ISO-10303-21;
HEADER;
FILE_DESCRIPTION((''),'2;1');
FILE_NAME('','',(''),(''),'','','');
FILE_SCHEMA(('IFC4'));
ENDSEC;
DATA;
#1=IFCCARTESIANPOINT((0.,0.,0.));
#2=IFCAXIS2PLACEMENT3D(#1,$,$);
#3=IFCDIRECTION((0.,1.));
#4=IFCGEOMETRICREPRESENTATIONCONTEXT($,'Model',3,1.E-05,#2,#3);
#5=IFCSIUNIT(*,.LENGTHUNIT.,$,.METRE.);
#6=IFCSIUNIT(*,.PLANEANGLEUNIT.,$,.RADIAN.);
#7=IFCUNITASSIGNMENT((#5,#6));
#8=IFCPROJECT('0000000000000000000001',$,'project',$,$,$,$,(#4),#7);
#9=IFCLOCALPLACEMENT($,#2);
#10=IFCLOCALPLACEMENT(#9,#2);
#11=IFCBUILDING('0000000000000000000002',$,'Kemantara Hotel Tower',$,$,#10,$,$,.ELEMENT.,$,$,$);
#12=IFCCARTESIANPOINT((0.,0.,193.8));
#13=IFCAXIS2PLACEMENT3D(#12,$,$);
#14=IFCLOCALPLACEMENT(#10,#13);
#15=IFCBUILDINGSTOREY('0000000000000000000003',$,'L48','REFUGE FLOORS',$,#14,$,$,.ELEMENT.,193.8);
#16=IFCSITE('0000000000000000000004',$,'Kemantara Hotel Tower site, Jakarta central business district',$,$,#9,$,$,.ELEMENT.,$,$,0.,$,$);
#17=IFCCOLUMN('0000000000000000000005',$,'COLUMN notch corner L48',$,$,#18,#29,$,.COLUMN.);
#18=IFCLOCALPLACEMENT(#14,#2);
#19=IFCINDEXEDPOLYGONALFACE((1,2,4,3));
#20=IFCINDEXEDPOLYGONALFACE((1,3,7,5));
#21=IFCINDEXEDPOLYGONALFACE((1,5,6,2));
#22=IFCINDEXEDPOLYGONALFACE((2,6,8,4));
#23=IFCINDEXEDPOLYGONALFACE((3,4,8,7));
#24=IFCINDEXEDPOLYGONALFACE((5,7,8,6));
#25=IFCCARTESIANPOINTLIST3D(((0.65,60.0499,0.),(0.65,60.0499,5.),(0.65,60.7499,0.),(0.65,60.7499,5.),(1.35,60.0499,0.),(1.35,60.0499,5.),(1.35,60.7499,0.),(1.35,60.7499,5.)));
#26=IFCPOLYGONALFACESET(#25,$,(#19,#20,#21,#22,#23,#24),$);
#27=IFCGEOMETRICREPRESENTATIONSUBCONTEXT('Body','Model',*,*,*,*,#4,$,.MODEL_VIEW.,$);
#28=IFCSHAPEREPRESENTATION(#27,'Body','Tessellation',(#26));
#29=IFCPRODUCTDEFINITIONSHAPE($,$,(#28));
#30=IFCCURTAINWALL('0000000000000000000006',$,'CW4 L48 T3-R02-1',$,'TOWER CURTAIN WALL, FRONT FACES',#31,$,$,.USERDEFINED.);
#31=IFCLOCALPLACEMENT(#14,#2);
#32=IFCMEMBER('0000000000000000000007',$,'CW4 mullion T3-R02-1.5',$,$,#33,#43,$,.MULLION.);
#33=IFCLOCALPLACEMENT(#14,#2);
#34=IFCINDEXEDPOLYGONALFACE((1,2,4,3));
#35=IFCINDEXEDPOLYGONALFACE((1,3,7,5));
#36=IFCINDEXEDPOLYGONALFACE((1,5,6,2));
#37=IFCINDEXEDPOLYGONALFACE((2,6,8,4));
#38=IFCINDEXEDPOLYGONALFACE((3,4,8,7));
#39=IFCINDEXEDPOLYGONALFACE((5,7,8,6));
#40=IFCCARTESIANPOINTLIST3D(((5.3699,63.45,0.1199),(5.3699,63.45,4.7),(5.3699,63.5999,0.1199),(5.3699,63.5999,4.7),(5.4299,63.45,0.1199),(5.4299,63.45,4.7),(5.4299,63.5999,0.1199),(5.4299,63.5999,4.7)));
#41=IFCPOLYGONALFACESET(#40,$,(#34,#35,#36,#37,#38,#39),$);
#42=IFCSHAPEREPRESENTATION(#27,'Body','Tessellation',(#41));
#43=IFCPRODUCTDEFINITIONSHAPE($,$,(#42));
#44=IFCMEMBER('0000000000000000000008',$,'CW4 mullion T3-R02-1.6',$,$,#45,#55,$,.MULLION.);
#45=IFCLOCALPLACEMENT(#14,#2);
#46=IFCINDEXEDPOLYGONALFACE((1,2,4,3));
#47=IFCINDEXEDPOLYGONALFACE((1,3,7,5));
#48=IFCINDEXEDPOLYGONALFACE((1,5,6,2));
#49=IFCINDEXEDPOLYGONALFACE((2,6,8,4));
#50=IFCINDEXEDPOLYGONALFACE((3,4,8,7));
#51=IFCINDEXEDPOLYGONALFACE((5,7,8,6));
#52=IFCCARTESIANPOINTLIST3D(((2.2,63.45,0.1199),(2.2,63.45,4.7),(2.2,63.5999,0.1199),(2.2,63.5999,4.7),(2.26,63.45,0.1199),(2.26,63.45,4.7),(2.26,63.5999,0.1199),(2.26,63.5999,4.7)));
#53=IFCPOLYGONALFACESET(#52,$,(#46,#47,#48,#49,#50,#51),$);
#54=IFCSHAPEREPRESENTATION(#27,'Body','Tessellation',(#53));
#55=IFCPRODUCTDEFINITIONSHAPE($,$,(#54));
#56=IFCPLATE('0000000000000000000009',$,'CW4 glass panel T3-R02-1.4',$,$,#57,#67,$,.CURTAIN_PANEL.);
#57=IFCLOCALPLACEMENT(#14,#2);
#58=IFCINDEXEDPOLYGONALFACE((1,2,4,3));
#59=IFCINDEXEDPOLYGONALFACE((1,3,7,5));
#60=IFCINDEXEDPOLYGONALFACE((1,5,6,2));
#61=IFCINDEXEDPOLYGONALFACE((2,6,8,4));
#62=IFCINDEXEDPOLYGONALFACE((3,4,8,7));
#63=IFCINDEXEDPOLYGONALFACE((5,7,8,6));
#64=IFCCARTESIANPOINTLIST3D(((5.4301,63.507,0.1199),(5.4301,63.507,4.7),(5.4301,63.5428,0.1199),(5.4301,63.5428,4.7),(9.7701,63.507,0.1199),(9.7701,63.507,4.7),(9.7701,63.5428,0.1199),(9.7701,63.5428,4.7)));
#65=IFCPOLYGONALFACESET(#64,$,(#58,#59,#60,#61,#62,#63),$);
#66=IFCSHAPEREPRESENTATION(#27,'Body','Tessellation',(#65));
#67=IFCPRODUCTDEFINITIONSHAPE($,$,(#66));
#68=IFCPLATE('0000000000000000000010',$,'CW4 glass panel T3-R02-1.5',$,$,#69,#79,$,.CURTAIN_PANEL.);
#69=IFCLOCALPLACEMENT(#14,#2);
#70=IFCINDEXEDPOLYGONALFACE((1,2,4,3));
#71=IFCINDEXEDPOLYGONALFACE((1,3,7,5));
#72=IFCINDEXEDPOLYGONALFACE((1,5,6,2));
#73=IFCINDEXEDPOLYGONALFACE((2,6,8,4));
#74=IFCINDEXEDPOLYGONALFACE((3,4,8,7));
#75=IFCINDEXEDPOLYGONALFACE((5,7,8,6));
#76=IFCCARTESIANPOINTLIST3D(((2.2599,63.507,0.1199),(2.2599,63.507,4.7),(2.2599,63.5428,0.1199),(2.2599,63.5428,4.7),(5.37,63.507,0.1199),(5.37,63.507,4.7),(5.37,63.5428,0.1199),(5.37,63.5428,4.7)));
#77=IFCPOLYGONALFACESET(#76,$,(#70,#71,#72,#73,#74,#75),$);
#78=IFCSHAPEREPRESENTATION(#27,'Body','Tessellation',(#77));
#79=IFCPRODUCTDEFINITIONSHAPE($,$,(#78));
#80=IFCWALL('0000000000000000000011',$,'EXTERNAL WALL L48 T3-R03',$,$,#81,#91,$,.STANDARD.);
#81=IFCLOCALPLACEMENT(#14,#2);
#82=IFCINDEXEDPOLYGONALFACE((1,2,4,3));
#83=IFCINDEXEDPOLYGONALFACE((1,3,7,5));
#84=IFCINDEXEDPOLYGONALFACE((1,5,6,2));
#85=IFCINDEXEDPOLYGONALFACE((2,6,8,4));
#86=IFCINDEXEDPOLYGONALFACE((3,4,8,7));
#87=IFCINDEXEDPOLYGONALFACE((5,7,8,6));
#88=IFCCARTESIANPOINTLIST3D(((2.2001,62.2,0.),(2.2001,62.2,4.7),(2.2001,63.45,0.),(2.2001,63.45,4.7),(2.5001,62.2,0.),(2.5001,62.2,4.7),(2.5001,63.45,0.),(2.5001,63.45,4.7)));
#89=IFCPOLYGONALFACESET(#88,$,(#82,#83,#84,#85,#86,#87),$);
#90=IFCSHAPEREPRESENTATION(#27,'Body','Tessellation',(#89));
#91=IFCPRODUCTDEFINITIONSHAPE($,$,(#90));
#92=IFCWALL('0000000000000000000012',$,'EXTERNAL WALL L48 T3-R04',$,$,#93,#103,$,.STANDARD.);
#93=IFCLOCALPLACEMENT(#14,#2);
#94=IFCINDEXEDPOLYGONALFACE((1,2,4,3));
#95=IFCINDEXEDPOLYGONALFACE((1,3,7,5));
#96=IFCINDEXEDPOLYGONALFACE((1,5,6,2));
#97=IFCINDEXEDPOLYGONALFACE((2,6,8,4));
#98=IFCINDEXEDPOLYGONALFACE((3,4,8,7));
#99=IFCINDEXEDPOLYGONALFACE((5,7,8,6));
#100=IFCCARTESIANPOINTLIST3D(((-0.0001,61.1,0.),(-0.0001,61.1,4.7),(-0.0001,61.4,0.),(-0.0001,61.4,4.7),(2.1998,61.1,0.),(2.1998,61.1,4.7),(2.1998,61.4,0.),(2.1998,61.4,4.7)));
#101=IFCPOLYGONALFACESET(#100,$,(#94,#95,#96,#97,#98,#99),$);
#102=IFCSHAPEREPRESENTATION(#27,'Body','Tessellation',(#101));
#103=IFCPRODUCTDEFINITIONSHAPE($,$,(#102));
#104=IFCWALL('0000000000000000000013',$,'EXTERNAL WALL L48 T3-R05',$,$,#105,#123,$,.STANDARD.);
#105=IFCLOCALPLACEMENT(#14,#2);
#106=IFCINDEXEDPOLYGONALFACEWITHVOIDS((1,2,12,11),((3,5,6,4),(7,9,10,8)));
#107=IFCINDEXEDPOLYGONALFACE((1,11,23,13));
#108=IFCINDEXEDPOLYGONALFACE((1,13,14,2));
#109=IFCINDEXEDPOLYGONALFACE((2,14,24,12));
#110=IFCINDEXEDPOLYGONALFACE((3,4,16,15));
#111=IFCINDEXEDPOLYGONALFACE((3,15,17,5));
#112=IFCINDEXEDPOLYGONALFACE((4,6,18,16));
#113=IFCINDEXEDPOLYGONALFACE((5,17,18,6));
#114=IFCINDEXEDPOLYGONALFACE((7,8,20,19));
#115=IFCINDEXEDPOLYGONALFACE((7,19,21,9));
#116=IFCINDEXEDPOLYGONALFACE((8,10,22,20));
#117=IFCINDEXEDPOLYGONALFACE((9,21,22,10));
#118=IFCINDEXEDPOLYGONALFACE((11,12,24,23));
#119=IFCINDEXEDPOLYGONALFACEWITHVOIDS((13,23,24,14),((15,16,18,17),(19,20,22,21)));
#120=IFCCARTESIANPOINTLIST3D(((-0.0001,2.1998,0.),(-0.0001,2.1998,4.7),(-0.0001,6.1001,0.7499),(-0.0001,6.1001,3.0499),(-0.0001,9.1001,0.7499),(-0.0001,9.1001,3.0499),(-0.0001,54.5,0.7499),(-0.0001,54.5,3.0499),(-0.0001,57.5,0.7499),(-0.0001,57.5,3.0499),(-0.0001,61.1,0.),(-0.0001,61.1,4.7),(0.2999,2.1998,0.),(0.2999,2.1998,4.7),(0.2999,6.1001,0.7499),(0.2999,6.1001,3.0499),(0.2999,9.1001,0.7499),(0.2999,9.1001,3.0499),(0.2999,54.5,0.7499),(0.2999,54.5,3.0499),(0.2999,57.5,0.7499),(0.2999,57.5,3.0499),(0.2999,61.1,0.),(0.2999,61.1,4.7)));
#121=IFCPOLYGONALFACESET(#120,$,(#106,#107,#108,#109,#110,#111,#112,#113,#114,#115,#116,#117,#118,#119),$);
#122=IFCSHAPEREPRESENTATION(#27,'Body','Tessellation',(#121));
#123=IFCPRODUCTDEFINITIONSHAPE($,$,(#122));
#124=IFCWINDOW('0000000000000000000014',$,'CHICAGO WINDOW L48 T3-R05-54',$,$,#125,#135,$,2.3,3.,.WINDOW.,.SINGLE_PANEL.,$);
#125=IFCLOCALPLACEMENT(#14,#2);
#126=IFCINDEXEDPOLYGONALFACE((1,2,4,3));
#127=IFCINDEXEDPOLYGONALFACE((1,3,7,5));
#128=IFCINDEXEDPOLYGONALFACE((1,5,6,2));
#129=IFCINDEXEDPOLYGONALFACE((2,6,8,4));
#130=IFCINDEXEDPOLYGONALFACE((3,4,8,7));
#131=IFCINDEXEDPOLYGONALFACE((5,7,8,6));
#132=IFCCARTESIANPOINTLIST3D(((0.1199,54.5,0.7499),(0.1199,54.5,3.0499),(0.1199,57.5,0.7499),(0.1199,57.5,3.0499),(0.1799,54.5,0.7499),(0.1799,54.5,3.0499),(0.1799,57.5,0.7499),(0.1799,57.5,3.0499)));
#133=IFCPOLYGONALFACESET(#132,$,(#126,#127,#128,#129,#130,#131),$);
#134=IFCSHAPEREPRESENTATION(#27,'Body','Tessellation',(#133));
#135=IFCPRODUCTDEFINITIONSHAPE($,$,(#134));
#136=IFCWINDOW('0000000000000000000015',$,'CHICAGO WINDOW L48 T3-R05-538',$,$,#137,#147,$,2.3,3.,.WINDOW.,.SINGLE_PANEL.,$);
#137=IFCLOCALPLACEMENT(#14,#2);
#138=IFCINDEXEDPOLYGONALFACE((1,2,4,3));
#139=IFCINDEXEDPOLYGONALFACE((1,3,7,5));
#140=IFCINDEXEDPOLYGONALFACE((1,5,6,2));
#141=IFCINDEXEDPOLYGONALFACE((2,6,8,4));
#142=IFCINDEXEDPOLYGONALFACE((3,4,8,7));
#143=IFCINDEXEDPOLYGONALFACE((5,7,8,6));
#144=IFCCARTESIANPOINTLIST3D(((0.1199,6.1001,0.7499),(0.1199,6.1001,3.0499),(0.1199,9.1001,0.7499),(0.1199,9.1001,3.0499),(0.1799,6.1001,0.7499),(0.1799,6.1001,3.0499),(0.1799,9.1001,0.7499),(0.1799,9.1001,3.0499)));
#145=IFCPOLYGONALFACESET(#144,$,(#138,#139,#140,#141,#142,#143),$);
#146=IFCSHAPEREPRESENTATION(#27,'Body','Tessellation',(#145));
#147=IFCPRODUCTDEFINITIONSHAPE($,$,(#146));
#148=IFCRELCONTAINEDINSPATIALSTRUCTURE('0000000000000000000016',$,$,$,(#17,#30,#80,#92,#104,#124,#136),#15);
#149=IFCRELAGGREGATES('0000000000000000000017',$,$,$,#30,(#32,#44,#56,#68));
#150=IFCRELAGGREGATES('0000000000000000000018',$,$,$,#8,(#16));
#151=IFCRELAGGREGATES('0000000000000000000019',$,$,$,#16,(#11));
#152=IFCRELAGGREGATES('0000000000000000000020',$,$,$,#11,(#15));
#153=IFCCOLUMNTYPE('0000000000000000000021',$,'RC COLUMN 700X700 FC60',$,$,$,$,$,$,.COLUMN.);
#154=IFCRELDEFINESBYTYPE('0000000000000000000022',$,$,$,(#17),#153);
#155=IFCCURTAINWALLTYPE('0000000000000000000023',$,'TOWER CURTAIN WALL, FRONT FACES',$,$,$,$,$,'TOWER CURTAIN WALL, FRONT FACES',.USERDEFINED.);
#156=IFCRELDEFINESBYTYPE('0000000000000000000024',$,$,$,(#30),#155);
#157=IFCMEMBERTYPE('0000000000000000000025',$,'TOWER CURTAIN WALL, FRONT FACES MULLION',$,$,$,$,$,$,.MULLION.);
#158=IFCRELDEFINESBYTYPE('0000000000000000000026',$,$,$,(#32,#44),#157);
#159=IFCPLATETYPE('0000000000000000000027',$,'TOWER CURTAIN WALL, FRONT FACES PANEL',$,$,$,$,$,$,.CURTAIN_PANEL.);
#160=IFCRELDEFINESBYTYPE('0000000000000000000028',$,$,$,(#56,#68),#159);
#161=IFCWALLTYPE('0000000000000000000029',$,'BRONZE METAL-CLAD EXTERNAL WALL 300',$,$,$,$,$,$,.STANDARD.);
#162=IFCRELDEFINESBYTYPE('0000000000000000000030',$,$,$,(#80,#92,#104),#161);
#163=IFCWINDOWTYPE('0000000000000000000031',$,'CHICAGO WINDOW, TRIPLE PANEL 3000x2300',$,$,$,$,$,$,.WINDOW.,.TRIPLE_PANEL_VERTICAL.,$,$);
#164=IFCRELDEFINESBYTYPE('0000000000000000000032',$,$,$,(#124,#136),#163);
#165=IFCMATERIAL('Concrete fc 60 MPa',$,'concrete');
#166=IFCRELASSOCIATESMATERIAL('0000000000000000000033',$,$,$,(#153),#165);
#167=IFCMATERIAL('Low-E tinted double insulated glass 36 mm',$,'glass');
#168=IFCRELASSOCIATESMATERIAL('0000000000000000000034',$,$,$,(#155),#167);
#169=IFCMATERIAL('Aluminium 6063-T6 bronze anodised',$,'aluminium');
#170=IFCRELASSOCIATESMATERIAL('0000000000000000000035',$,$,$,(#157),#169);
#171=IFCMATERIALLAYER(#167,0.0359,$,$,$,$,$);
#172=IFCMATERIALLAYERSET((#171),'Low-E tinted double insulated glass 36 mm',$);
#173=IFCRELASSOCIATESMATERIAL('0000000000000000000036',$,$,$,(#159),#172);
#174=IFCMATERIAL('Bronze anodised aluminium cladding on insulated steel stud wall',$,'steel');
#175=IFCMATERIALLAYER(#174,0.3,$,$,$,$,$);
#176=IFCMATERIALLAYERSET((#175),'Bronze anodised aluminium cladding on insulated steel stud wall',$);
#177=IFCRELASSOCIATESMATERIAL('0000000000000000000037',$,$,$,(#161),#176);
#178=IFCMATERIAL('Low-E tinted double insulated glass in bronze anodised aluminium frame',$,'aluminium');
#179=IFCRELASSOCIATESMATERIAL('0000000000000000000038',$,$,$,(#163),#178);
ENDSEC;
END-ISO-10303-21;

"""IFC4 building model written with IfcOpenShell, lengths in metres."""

from ifc_helpers import new_model, si_unit, direction, frame, frame_2d, origin, origin_2d, place, context, subcontext, project, spatial, rectangle, extrude, source, transform, mapped, material, layer, layer_set, material_profile, profile_set, type_object, element, fill, aggregate, save


model = new_model("IFC4")

# Units and contexts
model_context = context("Model", 3, precision=1e-05, world=origin(), true_north=direction((0.0, 1.0)))
body_context = subcontext(model_context, "Body", "Model", "MODEL_VIEW")
ifc_project = project(units=[si_unit("LENGTHUNIT", "METRE"), si_unit("PLANEANGLEUNIT", "RADIAN")], contexts=[model_context])

# Site, building, storey
site_placement = place(None, origin())
site = spatial("IfcSite", under=ifc_project, at=site_placement, Name="Kemantara Hotel Tower site, Jakarta central business district", CompositionType="ELEMENT", RefElevation=0.0)
building_placement = place(site_placement, origin())
building = spatial("IfcBuilding", under=site, at=building_placement, Name="Kemantara Hotel Tower", CompositionType="ELEMENT")
storey_placement = place(building_placement, frame((0.0, 0.0, 193.8)))
storey = spatial("IfcBuildingStorey", under=building, at=storey_placement, Name="L48", Description="REFUGE FLOORS", CompositionType="ELEMENT", Elevation=193.8)

# Column
ifc_material_1 = material(Name="Concrete fc 60 MPa", Category="concrete")
ifc_material_profile_1 = material_profile(ifc_material_1, rectangle(XDim=0.7, YDim=0.7, at=origin_2d()), Name="RC 700X700")
ifc_profile_set_1 = profile_set([ifc_material_profile_1], Name="Concrete fc 60 MPa")
column_type = type_object("IfcColumnType", Name="RC COLUMN 700X700 FC60", PredefinedType="COLUMN", material=ifc_profile_set_1)
column_placement = place(storey_placement, frame((1.0, 60.3999, 0.0), z_axis=(0.0, 0.0, 1.0), x_axis=(1.0, 0.0, 0.0)))
element("IfcColumn", 1, at=column_placement, inside=storey, type_object=column_type, Name="COLUMN notch corner L48", PredefinedType="COLUMN", context=body_context, shape_type="SweptSolid", body=[
    extrude(rectangle(XDim=0.7, YDim=0.7, at=origin_2d()), origin(), (0.0, 0.0, 1.0), 5.0),
])

# Curtain wall, members, plates
ifc_material_2 = material(Name="Low-E tinted double insulated glass 36 mm", Category="glass")
curtain_wall_type = type_object("IfcCurtainWallType", Name="TOWER CURTAIN WALL, FRONT FACES", ElementType="TOWER CURTAIN WALL, FRONT FACES", PredefinedType="USERDEFINED", material=ifc_material_2)
curtain_wall_placement = place(storey_placement, origin())
curtain_wall = element("IfcCurtainWall", 2, at=curtain_wall_placement, inside=storey, type_object=curtain_wall_type, Name="CW4 L48 T3-R02-1", ObjectType="TOWER CURTAIN WALL, FRONT FACES", PredefinedType="USERDEFINED")
ifc_material_3 = material(Name="Aluminium 6063-T6 bronze anodised", Category="aluminium")
ifc_material_profile_2 = material_profile(ifc_material_3, rectangle(XDim=0.1499, YDim=0.0601, at=origin_2d()), Name="TOWER CURTAIN WALL, FRONT FACES MULLION")
ifc_profile_set_2 = profile_set([ifc_material_profile_2], Name="Aluminium 6063-T6 bronze anodised")
member_type = type_object("IfcMemberType", Name="TOWER CURTAIN WALL, FRONT FACES MULLION", PredefinedType="MULLION", material=ifc_profile_set_2)
shared_shape_1 = source(origin(), body_context, "Body", "SweptSolid", [
    extrude(rectangle(XDim=0.1499, YDim=0.0601, at=origin_2d()), origin(), (0.0, 0.0, 1.0), 4.5801),
])
member_1_placement = place(storey_placement, frame((5.3999, 63.5249, 0.1199), z_axis=(0.0, 0.0, 1.0), x_axis=(0.0, -1.0, 0.0)))
member_1 = element("IfcMember", 3, at=member_1_placement, type_object=member_type, Name="CW4 mullion T3-R02-1.5", PredefinedType="MULLION", context=body_context, shape_type="MappedRepresentation", body=[
    mapped(shared_shape_1, transform((0.0, 0.0, 0.0))),
])
member_2_placement = place(storey_placement, frame((2.23, 63.5249, 0.1199), z_axis=(0.0, 0.0, 1.0), x_axis=(0.0, -1.0, 0.0)))
member_2 = element("IfcMember", 4, at=member_2_placement, type_object=member_type, Name="CW4 mullion T3-R02-1.6", PredefinedType="MULLION", context=body_context, shape_type="MappedRepresentation", body=[
    mapped(shared_shape_1, transform((0.0, 0.0, 0.0))),
])
ifc_layer_1 = layer(ifc_material_2, 0.0359)
ifc_layer_set_1 = layer_set([ifc_layer_1], Name="Low-E tinted double insulated glass 36 mm")
plate_type = type_object("IfcPlateType", Name="TOWER CURTAIN WALL, FRONT FACES PANEL", PredefinedType="CURTAIN_PANEL", material=ifc_layer_set_1)
shared_shape_2 = source(origin(), body_context, "Body", "SweptSolid", [
    extrude(rectangle(XDim=4.3401, YDim=0.0359, at=origin_2d()), origin(), (0.0, 0.0, 1.0), 4.5801),
])
plate_1_placement = place(storey_placement, frame((7.6001, 63.5249, 0.1199), z_axis=(0.0, 0.0, 1.0), x_axis=(-1.0, 0.0, 0.0)))
plate_1 = element("IfcPlate", 5, at=plate_1_placement, type_object=plate_type, Name="CW4 glass panel T3-R02-1.4", PredefinedType="CURTAIN_PANEL", context=body_context, shape_type="MappedRepresentation", body=[
    mapped(shared_shape_2, transform((0.0, 0.0, 0.0))),
])
shared_shape_3 = source(origin(), body_context, "Body", "SweptSolid", [
    extrude(rectangle(XDim=3.1101, YDim=0.0359, at=origin_2d()), origin(), (0.0, 0.0, 1.0), 4.5801),
])
plate_2_placement = place(storey_placement, frame((3.8149, 63.5249, 0.1199), z_axis=(0.0, 0.0, 1.0), x_axis=(-1.0, 0.0, 0.0)))
plate_2 = element("IfcPlate", 6, at=plate_2_placement, type_object=plate_type, Name="CW4 glass panel T3-R02-1.5", PredefinedType="CURTAIN_PANEL", context=body_context, shape_type="MappedRepresentation", body=[
    mapped(shared_shape_3, transform((0.0, 0.0, 0.0))),
])
aggregate(curtain_wall, [member_1, member_2, plate_1, plate_2])

# Walls
ifc_material_4 = material(Name="Bronze anodised aluminium cladding on insulated steel stud wall", Category="steel")
ifc_layer_2 = layer(ifc_material_4, 0.3)
ifc_layer_set_2 = layer_set([ifc_layer_2], Name="Bronze anodised aluminium cladding on insulated steel stud wall")
wall_type_1 = type_object("IfcWallType", Name="BRONZE METAL-CLAD EXTERNAL WALL 300", PredefinedType="STANDARD", material=ifc_layer_set_2)
wall_1_placement = place(storey_placement, frame((2.3501, 63.45, 0.0), z_axis=(0.0, 0.0, 1.0), x_axis=(0.0, -1.0, 0.0)))
element("IfcWall", 7, at=wall_1_placement, inside=storey, type_object=wall_type_1, Name="EXTERNAL WALL L48 T3-R03", PredefinedType="STANDARD", context=body_context, shape_type="SweptSolid", body=[
    extrude(rectangle(XDim=1.25, YDim=0.3, at=frame_2d((0.625, 0.0))), origin(), (0.0, 0.0, 1.0), 4.7),
])
wall_2_placement = place(storey_placement, frame((2.2, 61.25, 0.0), z_axis=(0.0, 0.0, 1.0), x_axis=(-1.0, 0.0, 0.0)))
element("IfcWall", 8, at=wall_2_placement, inside=storey, type_object=wall_type_1, Name="EXTERNAL WALL L48 T3-R04", PredefinedType="STANDARD", context=body_context, shape_type="SweptSolid", body=[
    extrude(rectangle(XDim=2.2, YDim=0.3, at=frame_2d((1.1001, 0.0))), origin(), (0.0, 0.0, 1.0), 4.7),
])

# Wall, openings, windows
wall_3_placement = place(storey_placement, frame((0.1499, 61.1001, 0.0), z_axis=(0.0, 0.0, 1.0), x_axis=(0.0, -1.0, 0.0)))
wall_3 = element("IfcWall", 9, at=wall_3_placement, inside=storey, type_object=wall_type_1, Name="EXTERNAL WALL L48 T3-R05", PredefinedType="STANDARD", context=body_context, shape_type="SweptSolid", body=[
    extrude(rectangle(XDim=58.9001, YDim=0.3, at=frame_2d((29.4502, 0.0))), origin(), (0.0, 0.0, 1.0), 4.7),
])
opening_1_placement = place(wall_3_placement, frame((3.6001, 0.0, 0.75)))
opening_1 = element("IfcOpeningElement", 10, at=opening_1_placement, cuts=wall_3, PredefinedType="OPENING", context=body_context, shape_type="SweptSolid", body=[
    extrude(rectangle(XDim=3.0, YDim=2.3, at=frame_2d((1.5, 1.1499))), frame((0.0, 0.1599, 0.0), z_axis=(0.0, -1.0, 0.0), x_axis=(1.0, 0.0, 0.0)), (0.0, 0.0, 1.0), 0.3201),
])
opening_2_placement = place(wall_3_placement, frame((52.0, 0.0, 0.75)))
opening_2 = element("IfcOpeningElement", 11, at=opening_2_placement, cuts=wall_3, PredefinedType="OPENING", context=body_context, shape_type="SweptSolid", body=[
    extrude(rectangle(XDim=3.0, YDim=2.3, at=frame_2d((1.5, 1.1499))), frame((0.0, 0.1599, 0.0), z_axis=(0.0, -1.0, 0.0), x_axis=(1.0, 0.0, 0.0)), (0.0, 0.0, 1.0), 0.3201),
])
ifc_material_5 = material(Name="Low-E tinted double insulated glass in bronze anodised aluminium frame", Category="aluminium")
window_type = type_object("IfcWindowType", Name="CHICAGO WINDOW, TRIPLE PANEL 3000x2300", PartitioningType="TRIPLE_PANEL_VERTICAL", PredefinedType="WINDOW", material=ifc_material_5)
window_1_placement = place(opening_1_placement, origin())
window_1 = element("IfcWindow", 12, at=window_1_placement, inside=storey, type_object=window_type, Name="CHICAGO WINDOW L48 T3-R05-54", OverallHeight=2.3, OverallWidth=3.0, PartitioningType="SINGLE_PANEL", PredefinedType="WINDOW", context=body_context, shape_type="SweptSolid", body=[
    extrude(rectangle(XDim=3.0, YDim=2.3, at=frame_2d((1.5, 1.1499))), frame((0.0, 0.03, 0.0), z_axis=(0.0, -1.0, 0.0), x_axis=(1.0, 0.0, 0.0)), (0.0, 0.0, 1.0), 0.0601),
])
fill(opening_1, window_1)
window_2_placement = place(opening_2_placement, origin())
window_2 = element("IfcWindow", 13, at=window_2_placement, inside=storey, type_object=window_type, Name="CHICAGO WINDOW L48 T3-R05-538", OverallHeight=2.3, OverallWidth=3.0, PartitioningType="SINGLE_PANEL", PredefinedType="WINDOW", context=body_context, shape_type="SweptSolid", body=[
    extrude(rectangle(XDim=3.0, YDim=2.3, at=frame_2d((1.5, 1.1499))), frame((0.0, 0.03, 0.0), z_axis=(0.0, -1.0, 0.0), x_axis=(1.0, 0.0, 0.0)), (0.0, 0.0, 1.0), 0.0601),
])
fill(opening_2, window_2)

save(model, "model.ifc")
